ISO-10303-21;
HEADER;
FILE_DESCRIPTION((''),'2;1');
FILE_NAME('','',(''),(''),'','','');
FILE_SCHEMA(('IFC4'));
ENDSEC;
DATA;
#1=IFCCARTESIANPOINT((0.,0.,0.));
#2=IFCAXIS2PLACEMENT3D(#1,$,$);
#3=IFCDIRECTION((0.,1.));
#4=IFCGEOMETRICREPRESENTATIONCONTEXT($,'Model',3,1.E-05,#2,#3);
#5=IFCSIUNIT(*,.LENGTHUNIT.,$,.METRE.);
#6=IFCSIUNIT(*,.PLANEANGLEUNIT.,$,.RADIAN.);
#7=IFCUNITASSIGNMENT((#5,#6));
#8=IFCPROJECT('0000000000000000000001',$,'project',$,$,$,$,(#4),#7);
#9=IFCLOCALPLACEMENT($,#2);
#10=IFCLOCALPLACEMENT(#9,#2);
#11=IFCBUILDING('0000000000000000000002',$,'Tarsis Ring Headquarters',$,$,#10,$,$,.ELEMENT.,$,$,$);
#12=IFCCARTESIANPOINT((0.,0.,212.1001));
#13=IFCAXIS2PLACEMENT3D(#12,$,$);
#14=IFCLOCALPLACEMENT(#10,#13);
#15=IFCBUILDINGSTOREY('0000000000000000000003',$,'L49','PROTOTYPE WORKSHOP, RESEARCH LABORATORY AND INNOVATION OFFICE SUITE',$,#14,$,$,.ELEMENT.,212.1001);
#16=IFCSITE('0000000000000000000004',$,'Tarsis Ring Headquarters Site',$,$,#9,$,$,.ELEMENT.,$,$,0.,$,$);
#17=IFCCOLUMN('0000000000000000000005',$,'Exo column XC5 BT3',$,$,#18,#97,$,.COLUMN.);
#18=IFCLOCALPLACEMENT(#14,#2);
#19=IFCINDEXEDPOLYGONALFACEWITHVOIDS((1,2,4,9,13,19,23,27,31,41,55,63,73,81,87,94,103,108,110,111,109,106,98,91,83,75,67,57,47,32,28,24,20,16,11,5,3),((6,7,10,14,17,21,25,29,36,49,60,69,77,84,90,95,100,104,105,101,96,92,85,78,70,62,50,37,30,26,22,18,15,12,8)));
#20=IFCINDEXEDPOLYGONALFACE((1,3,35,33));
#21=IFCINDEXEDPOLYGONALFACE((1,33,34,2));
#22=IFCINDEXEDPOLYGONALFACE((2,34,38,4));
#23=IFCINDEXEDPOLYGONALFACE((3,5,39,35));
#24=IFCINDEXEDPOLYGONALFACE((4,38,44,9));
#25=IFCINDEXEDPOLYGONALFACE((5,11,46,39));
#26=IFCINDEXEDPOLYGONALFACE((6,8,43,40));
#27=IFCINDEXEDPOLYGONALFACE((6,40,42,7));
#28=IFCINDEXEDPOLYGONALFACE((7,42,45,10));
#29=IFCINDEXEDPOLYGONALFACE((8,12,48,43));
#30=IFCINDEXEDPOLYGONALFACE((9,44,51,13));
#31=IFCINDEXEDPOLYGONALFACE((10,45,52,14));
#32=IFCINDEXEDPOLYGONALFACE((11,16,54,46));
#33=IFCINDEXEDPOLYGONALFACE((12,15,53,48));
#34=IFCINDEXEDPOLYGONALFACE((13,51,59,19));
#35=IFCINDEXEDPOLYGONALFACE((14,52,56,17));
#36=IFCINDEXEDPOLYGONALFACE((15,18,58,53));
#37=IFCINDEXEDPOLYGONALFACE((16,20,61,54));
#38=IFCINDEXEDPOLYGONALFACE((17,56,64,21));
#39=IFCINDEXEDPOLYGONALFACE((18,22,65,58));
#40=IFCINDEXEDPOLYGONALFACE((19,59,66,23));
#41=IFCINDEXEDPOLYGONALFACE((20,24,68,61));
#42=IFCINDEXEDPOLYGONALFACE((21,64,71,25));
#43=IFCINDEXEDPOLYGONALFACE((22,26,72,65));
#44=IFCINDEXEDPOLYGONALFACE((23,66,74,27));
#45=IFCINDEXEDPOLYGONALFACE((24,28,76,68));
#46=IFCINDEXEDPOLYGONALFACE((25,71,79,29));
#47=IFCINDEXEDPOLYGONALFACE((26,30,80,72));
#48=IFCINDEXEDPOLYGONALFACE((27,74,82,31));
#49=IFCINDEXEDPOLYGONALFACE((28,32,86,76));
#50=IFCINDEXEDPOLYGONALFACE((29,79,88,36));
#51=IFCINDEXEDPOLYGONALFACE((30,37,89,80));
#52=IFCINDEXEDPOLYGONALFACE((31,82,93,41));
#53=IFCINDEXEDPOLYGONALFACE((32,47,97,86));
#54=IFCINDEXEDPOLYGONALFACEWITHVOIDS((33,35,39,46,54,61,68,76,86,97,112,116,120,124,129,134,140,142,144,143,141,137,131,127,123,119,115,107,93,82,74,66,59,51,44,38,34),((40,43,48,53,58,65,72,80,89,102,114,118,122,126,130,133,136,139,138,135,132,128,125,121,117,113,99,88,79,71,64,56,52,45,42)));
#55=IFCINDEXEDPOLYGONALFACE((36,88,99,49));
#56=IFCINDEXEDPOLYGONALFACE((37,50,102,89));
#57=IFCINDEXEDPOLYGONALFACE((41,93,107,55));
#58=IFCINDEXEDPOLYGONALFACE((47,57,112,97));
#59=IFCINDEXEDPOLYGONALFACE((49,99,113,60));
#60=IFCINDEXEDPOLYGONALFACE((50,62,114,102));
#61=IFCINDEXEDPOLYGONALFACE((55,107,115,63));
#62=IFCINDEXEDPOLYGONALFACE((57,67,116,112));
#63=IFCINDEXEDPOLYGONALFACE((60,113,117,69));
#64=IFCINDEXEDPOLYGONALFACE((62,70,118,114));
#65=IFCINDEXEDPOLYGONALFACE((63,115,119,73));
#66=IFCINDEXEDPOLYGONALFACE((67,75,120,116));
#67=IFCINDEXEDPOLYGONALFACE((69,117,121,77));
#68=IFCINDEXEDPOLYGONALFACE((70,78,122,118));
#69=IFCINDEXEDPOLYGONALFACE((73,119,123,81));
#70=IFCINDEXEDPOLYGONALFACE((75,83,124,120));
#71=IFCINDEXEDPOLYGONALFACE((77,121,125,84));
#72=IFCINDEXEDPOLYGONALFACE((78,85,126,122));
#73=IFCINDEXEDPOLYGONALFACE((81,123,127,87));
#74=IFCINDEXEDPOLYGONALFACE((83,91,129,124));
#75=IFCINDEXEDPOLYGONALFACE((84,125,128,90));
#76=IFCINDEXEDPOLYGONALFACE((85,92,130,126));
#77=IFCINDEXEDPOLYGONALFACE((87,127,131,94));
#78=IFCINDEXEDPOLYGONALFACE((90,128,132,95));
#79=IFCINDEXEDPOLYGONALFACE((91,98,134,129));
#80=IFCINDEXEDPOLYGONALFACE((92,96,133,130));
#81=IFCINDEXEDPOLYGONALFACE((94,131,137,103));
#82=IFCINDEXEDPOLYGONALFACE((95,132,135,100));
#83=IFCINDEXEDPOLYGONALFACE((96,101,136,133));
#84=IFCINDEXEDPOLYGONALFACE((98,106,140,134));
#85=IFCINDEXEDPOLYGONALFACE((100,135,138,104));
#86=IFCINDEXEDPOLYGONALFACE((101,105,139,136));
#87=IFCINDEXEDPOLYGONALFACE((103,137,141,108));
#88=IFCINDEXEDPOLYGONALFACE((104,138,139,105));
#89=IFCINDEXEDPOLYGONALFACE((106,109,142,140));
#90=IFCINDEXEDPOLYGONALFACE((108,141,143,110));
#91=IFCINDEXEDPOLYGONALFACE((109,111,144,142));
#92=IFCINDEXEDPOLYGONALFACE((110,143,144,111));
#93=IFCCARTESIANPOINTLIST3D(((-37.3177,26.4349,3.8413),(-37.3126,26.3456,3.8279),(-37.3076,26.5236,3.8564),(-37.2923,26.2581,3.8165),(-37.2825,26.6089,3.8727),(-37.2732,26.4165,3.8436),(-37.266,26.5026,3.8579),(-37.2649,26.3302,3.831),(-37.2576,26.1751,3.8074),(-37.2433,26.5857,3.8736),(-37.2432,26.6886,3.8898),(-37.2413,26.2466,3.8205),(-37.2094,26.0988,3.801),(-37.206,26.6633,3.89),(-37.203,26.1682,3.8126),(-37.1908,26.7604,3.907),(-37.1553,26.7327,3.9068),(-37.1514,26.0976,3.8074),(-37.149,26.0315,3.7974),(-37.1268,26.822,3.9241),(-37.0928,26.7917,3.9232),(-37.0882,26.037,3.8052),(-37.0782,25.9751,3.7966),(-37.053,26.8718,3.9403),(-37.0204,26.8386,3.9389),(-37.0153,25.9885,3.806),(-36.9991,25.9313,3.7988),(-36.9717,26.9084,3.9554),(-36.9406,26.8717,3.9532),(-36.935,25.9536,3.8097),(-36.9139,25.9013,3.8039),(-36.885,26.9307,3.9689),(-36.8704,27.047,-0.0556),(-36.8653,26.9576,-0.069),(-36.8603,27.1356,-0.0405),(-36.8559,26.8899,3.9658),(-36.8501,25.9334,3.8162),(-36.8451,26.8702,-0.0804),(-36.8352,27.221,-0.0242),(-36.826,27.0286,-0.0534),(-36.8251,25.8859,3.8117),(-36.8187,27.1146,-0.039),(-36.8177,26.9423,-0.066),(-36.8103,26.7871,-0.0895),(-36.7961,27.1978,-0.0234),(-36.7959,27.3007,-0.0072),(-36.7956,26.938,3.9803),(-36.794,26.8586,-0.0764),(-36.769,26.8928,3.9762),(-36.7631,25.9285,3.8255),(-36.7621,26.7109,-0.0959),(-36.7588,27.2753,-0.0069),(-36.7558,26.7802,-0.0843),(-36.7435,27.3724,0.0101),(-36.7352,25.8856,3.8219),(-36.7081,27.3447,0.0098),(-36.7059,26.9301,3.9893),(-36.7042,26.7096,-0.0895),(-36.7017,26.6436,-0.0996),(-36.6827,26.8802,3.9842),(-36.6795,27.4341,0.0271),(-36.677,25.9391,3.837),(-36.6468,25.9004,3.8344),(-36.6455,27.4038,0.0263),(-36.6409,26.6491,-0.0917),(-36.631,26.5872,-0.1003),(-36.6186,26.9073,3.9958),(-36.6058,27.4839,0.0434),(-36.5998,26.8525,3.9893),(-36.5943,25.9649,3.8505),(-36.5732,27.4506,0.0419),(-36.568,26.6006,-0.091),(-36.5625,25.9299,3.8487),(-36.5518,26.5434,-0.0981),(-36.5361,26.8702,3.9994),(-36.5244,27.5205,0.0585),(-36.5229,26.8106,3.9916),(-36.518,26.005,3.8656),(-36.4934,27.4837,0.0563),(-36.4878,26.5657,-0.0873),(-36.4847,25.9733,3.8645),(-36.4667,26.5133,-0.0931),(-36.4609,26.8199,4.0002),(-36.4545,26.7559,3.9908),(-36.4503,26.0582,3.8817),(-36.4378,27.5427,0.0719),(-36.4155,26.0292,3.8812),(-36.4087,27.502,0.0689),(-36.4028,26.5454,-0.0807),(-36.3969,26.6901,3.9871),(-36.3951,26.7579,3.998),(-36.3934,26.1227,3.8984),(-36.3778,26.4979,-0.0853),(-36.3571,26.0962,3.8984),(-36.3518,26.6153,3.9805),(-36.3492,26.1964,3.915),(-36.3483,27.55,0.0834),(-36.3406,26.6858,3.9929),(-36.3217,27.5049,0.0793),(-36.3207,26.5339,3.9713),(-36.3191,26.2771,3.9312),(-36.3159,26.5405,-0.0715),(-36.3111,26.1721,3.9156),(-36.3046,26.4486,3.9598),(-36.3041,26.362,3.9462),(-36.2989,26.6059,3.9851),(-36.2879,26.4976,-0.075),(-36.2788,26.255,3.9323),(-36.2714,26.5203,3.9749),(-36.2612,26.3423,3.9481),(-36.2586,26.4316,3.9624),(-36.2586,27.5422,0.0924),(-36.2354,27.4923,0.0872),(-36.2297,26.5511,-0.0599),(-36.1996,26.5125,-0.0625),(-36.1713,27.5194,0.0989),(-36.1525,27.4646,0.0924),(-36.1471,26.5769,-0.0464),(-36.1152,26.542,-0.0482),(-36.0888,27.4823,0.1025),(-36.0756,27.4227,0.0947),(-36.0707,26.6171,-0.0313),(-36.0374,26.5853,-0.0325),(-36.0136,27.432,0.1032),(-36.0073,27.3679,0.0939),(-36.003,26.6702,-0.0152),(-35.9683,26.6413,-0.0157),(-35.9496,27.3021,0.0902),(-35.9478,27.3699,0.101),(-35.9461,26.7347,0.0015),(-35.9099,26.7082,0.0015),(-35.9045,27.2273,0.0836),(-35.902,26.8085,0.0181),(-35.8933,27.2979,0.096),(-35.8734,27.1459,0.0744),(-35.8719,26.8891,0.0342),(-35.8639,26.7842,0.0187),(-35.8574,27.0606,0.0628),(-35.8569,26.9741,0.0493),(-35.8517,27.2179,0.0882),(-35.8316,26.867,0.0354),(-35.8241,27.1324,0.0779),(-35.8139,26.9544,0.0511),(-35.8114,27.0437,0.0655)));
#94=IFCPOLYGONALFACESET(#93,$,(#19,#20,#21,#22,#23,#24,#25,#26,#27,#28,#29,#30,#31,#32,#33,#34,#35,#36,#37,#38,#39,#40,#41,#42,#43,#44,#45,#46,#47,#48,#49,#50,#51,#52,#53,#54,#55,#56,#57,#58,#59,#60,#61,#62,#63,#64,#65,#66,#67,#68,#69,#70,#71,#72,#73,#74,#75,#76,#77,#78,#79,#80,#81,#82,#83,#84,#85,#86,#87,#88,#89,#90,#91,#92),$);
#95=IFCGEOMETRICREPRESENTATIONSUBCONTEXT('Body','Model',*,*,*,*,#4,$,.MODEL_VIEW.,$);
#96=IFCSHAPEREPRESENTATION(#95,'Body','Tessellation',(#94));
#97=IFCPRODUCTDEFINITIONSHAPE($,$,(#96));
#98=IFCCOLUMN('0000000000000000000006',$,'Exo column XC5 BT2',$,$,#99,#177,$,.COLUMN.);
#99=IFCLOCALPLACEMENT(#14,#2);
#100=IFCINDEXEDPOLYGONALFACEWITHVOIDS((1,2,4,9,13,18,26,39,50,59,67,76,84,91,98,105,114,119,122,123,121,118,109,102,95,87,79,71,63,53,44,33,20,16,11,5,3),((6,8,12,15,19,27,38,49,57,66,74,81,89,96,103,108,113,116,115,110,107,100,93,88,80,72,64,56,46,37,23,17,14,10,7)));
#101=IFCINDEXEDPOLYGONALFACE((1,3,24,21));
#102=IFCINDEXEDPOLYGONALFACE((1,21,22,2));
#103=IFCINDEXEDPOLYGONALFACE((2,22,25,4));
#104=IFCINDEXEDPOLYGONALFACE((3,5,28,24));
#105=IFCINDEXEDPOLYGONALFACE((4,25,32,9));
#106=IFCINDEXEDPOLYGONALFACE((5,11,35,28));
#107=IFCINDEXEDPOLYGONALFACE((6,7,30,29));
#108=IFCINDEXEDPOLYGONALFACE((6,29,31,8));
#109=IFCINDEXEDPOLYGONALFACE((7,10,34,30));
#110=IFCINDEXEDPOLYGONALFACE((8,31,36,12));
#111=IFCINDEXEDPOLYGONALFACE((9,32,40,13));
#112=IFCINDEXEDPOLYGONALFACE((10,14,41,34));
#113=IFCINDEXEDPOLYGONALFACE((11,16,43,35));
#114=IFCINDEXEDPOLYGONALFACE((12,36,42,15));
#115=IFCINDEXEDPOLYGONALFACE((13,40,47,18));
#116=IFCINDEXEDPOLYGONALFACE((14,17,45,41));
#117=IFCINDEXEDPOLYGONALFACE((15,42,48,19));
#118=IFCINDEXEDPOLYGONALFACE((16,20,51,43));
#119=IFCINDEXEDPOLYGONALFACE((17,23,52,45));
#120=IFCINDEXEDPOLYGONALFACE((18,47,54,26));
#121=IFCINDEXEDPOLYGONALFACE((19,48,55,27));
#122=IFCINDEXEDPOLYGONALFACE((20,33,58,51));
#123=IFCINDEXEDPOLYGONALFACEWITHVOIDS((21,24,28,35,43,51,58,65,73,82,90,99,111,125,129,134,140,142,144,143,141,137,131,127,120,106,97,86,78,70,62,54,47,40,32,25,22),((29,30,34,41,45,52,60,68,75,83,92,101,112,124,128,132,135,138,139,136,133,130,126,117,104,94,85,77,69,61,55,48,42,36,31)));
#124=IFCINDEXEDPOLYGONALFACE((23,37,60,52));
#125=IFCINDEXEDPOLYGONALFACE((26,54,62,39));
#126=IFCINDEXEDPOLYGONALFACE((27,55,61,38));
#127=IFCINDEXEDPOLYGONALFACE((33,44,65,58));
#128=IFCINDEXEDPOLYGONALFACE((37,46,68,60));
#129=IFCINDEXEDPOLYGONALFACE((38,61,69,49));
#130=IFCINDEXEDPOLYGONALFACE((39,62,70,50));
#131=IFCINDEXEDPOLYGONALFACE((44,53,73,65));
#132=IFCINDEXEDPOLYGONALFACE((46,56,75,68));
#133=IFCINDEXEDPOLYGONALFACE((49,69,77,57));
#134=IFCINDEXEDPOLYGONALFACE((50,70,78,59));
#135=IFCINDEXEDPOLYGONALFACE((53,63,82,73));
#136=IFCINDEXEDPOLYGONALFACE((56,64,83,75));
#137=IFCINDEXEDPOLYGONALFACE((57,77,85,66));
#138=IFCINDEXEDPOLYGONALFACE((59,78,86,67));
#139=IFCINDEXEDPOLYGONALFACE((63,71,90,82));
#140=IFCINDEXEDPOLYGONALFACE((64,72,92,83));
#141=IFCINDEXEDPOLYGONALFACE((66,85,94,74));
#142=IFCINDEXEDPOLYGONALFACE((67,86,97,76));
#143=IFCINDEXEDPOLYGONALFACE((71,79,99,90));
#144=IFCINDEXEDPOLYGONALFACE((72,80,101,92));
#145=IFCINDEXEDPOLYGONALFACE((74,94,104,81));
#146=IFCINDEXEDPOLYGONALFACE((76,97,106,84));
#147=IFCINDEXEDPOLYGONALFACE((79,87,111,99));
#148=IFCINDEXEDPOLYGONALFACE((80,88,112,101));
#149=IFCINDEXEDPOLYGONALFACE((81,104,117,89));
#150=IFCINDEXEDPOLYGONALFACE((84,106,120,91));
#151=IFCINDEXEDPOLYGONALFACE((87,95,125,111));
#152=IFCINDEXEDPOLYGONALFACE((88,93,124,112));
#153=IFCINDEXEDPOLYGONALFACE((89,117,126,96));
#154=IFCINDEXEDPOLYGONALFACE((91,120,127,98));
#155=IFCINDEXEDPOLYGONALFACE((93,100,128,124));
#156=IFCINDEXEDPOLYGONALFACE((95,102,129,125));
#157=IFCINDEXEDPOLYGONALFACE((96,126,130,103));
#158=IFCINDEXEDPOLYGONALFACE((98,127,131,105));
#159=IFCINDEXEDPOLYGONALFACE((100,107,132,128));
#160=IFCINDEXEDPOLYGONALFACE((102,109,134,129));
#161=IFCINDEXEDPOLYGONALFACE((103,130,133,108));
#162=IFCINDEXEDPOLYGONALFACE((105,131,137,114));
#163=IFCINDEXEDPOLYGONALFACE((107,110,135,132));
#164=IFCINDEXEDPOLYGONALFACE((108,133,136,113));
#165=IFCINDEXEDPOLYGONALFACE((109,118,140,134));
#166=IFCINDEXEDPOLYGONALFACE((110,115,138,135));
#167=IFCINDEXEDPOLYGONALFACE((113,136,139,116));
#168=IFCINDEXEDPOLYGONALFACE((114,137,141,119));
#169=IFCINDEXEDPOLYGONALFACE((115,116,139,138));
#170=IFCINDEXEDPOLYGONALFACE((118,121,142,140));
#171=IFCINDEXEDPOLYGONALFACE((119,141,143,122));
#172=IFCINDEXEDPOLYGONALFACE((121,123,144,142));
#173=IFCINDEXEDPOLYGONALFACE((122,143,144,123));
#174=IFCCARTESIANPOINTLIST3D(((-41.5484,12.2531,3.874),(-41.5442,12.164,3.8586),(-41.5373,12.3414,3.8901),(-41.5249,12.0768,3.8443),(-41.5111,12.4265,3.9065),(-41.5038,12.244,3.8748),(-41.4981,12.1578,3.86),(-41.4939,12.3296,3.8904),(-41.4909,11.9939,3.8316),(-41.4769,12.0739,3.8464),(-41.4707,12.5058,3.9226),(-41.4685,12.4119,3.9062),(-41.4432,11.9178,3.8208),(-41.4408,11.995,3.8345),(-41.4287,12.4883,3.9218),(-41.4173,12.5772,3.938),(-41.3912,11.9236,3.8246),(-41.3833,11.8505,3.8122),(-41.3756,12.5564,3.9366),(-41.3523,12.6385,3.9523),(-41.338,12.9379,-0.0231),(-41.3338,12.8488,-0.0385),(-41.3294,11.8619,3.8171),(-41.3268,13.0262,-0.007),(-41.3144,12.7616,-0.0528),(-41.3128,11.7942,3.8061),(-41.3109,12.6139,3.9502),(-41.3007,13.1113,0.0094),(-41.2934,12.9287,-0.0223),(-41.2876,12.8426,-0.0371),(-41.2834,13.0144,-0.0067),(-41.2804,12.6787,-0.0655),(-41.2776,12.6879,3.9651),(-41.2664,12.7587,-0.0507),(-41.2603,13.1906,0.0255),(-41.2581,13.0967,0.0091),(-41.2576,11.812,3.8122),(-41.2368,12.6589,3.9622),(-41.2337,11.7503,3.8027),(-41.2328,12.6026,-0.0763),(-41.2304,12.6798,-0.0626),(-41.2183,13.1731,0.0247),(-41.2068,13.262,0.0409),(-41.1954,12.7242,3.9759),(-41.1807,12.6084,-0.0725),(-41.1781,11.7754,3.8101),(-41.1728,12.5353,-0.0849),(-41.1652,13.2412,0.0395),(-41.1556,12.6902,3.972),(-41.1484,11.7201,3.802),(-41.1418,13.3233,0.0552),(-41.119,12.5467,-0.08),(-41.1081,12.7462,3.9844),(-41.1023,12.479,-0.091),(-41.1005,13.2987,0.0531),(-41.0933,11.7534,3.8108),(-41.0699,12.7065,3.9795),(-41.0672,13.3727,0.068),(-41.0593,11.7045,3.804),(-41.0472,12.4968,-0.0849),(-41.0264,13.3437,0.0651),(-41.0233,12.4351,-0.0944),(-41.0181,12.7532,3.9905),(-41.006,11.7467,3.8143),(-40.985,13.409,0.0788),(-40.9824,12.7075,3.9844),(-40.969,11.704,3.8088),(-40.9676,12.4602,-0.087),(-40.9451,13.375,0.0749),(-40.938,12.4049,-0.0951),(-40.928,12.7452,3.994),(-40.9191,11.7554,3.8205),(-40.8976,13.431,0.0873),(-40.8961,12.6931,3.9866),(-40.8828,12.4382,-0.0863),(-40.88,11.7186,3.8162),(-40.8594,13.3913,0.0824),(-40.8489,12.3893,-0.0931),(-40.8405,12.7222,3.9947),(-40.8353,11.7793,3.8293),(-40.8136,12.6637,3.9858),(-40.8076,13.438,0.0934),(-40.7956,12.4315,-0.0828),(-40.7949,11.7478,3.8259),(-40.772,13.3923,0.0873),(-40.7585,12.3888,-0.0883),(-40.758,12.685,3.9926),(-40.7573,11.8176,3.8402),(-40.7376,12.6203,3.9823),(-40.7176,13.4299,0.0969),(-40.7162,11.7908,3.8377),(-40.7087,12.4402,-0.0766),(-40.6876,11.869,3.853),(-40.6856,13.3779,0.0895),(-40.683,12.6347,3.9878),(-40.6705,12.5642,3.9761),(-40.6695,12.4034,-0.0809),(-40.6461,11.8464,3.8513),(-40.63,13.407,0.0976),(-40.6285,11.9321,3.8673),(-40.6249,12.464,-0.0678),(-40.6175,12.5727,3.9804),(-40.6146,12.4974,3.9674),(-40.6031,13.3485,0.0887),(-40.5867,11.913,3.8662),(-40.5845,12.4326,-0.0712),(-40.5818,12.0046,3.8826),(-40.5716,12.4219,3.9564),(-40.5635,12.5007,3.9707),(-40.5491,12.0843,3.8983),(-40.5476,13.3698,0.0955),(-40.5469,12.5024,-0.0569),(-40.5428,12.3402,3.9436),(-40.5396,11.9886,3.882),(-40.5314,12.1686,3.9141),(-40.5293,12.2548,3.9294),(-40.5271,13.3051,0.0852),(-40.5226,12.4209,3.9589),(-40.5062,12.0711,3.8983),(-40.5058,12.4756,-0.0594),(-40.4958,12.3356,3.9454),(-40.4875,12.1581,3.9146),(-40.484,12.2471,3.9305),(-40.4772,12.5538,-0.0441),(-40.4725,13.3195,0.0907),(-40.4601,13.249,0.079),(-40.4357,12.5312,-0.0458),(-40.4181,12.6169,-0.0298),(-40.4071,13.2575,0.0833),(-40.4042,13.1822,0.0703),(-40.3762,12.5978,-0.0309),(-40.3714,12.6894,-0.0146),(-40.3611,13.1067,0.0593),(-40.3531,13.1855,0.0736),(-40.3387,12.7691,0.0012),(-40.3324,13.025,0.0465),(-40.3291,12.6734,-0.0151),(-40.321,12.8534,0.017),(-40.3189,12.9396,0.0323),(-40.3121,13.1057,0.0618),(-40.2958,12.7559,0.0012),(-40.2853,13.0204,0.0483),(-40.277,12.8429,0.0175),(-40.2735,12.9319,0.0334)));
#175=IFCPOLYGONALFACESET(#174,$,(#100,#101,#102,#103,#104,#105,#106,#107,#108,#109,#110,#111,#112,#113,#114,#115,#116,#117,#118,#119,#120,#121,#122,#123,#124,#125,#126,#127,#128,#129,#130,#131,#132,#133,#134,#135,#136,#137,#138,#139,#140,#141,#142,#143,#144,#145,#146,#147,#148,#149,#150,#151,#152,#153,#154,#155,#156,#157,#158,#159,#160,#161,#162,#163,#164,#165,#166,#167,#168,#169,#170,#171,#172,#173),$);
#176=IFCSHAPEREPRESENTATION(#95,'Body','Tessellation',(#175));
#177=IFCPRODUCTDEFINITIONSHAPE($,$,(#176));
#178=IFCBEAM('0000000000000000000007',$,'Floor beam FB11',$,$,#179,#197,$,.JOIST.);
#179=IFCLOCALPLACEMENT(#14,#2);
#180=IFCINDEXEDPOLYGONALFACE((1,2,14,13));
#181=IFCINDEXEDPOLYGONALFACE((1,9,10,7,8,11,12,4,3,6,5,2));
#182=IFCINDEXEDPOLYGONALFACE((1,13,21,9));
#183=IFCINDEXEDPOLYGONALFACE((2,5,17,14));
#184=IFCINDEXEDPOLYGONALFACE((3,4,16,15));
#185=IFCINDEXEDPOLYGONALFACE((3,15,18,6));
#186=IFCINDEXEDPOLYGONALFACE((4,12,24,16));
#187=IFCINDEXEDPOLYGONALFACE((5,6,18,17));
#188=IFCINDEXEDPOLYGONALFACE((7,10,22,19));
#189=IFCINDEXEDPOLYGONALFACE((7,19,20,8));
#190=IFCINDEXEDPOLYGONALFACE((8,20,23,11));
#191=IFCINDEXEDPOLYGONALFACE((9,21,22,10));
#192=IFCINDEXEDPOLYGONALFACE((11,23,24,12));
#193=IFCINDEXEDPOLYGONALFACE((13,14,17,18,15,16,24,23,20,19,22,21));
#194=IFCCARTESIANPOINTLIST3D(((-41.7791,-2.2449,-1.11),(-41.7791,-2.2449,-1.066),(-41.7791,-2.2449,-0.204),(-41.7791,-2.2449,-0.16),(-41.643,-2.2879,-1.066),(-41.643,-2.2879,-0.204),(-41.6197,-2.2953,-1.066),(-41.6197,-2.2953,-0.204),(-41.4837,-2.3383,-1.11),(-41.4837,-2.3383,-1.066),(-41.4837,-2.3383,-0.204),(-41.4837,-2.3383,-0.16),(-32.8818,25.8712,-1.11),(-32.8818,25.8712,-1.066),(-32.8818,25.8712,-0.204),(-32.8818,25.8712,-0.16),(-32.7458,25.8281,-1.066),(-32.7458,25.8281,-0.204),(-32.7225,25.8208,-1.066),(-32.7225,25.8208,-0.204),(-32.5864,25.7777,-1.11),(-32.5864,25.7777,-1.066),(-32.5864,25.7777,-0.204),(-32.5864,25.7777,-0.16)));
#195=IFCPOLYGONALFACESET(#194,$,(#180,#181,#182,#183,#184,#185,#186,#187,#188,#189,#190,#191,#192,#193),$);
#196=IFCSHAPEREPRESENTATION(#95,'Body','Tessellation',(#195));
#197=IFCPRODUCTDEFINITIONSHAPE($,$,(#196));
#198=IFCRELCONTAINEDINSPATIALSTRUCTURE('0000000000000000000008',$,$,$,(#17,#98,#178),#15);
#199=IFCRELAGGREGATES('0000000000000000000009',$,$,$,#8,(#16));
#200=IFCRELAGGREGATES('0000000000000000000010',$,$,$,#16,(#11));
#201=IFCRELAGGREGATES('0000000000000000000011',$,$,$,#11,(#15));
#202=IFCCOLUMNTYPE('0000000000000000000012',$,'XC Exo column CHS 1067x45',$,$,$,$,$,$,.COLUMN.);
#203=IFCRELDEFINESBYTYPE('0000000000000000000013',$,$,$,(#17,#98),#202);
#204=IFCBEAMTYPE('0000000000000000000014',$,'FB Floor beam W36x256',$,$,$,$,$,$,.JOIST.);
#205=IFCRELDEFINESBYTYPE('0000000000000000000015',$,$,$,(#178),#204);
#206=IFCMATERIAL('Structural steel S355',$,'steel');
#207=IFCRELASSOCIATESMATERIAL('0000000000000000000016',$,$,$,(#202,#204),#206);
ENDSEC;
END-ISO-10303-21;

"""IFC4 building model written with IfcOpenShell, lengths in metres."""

from ifc_helpers import new_model, si_unit, direction, frame, origin, origin_2d, place, context, subcontext, project, spatial, hollow_circle, i_section, extrude, material, material_profile, profile_set, type_object, element, save


model = new_model("IFC4")

# Units and contexts
model_context = context("Model", 3, precision=1e-05, world=origin(), true_north=direction((0.0, 1.0)))
body_context = subcontext(model_context, "Body", "Model", "MODEL_VIEW")
ifc_project = project(units=[si_unit("LENGTHUNIT", "METRE"), si_unit("PLANEANGLEUNIT", "RADIAN")], contexts=[model_context])

# Site, building, storey
site_placement = place(None, origin())
site = spatial("IfcSite", under=ifc_project, at=site_placement, Name="Tarsis Ring Headquarters Site", CompositionType="ELEMENT", RefElevation=0.0)
building_placement = place(site_placement, origin())
building = spatial("IfcBuilding", under=site, at=building_placement, Name="Tarsis Ring Headquarters", CompositionType="ELEMENT")
storey_placement = place(building_placement, frame((0.0, 0.0, 212.1001)))
storey = spatial("IfcBuildingStorey", under=building, at=storey_placement, Name="L49", Description="PROTOTYPE WORKSHOP, RESEARCH LABORATORY AND INNOVATION OFFICE SUITE", CompositionType="ELEMENT", Elevation=212.1001)

# Columns
ifc_material_1 = material(Name="Structural steel S355", Category="steel")
ifc_material_profile_1 = material_profile(ifc_material_1, hollow_circle(Radius=0.5334, WallThickness=0.0449, at=origin_2d()), Name="CHS 1067x45")
ifc_profile_set_1 = profile_set([ifc_material_profile_1], Name="Structural steel S355")
column_type = type_object("IfcColumnType", Name="XC Exo column CHS 1067x45", PredefinedType="COLUMN", material=ifc_profile_set_1)
column_1_placement = place(storey_placement, frame((-36.3406, 27.0229, 0.0015), z_axis=(-0.112661, -0.154171, 0.9816), x_axis=(0.807397, -0.590009, 0.0)))
element("IfcColumn", 1, at=column_1_placement, inside=storey, type_object=column_type, Name="Exo column XC5 BT3", PredefinedType="COLUMN", context=body_context, shape_type="SweptSolid", body=[
    extrude(hollow_circle(Radius=0.5334, WallThickness=0.0449, at=origin_2d()), origin(), (0.0, 0.0, 1.0), 3.97),
])
column_2_placement = place(storey_placement, frame((-40.8057, 12.9126, 0.0012), z_axis=(-0.05311, -0.172823, 0.98352), x_axis=(0.955882, -0.293751, 0.0)))
element("IfcColumn", 2, at=column_2_placement, inside=storey, type_object=column_type, Name="Exo column XC5 BT2", PredefinedType="COLUMN", context=body_context, shape_type="SweptSolid", body=[
    extrude(hollow_circle(Radius=0.5334, WallThickness=0.0449, at=origin_2d()), origin(), (0.0, 0.0, 1.0), 3.9624),
])

# Beam
ifc_material_profile_2 = material_profile(ifc_material_1, i_section(OverallWidth=0.3098, OverallDepth=0.95, WebThickness=0.0244, FlangeThickness=0.0439, at=origin_2d()), Name="W36x256")
ifc_profile_set_2 = profile_set([ifc_material_profile_2], Name="Structural steel S355")
beam_type_1 = type_object("IfcBeamType", Name="FB Floor beam W36x256", PredefinedType="JOIST", material=ifc_profile_set_2)
beam_placement = place(storey_placement, frame((-32.7341, 25.8245, -0.635), z_axis=(-0.301701, -0.953402, 0.0), x_axis=(0.953402, -0.301701, 0.0)))
element("IfcBeam", 3, at=beam_placement, inside=storey, type_object=beam_type_1, Name="Floor beam FB11", PredefinedType="JOIST", context=body_context, shape_type="SweptSolid", body=[
    extrude(i_section(OverallWidth=0.3098, OverallDepth=0.95, WebThickness=0.0244, FlangeThickness=0.0439, at=origin_2d()), origin(), (0.0, 0.0, 1.0), 29.4902),
])

save(model, "model.ifc")
